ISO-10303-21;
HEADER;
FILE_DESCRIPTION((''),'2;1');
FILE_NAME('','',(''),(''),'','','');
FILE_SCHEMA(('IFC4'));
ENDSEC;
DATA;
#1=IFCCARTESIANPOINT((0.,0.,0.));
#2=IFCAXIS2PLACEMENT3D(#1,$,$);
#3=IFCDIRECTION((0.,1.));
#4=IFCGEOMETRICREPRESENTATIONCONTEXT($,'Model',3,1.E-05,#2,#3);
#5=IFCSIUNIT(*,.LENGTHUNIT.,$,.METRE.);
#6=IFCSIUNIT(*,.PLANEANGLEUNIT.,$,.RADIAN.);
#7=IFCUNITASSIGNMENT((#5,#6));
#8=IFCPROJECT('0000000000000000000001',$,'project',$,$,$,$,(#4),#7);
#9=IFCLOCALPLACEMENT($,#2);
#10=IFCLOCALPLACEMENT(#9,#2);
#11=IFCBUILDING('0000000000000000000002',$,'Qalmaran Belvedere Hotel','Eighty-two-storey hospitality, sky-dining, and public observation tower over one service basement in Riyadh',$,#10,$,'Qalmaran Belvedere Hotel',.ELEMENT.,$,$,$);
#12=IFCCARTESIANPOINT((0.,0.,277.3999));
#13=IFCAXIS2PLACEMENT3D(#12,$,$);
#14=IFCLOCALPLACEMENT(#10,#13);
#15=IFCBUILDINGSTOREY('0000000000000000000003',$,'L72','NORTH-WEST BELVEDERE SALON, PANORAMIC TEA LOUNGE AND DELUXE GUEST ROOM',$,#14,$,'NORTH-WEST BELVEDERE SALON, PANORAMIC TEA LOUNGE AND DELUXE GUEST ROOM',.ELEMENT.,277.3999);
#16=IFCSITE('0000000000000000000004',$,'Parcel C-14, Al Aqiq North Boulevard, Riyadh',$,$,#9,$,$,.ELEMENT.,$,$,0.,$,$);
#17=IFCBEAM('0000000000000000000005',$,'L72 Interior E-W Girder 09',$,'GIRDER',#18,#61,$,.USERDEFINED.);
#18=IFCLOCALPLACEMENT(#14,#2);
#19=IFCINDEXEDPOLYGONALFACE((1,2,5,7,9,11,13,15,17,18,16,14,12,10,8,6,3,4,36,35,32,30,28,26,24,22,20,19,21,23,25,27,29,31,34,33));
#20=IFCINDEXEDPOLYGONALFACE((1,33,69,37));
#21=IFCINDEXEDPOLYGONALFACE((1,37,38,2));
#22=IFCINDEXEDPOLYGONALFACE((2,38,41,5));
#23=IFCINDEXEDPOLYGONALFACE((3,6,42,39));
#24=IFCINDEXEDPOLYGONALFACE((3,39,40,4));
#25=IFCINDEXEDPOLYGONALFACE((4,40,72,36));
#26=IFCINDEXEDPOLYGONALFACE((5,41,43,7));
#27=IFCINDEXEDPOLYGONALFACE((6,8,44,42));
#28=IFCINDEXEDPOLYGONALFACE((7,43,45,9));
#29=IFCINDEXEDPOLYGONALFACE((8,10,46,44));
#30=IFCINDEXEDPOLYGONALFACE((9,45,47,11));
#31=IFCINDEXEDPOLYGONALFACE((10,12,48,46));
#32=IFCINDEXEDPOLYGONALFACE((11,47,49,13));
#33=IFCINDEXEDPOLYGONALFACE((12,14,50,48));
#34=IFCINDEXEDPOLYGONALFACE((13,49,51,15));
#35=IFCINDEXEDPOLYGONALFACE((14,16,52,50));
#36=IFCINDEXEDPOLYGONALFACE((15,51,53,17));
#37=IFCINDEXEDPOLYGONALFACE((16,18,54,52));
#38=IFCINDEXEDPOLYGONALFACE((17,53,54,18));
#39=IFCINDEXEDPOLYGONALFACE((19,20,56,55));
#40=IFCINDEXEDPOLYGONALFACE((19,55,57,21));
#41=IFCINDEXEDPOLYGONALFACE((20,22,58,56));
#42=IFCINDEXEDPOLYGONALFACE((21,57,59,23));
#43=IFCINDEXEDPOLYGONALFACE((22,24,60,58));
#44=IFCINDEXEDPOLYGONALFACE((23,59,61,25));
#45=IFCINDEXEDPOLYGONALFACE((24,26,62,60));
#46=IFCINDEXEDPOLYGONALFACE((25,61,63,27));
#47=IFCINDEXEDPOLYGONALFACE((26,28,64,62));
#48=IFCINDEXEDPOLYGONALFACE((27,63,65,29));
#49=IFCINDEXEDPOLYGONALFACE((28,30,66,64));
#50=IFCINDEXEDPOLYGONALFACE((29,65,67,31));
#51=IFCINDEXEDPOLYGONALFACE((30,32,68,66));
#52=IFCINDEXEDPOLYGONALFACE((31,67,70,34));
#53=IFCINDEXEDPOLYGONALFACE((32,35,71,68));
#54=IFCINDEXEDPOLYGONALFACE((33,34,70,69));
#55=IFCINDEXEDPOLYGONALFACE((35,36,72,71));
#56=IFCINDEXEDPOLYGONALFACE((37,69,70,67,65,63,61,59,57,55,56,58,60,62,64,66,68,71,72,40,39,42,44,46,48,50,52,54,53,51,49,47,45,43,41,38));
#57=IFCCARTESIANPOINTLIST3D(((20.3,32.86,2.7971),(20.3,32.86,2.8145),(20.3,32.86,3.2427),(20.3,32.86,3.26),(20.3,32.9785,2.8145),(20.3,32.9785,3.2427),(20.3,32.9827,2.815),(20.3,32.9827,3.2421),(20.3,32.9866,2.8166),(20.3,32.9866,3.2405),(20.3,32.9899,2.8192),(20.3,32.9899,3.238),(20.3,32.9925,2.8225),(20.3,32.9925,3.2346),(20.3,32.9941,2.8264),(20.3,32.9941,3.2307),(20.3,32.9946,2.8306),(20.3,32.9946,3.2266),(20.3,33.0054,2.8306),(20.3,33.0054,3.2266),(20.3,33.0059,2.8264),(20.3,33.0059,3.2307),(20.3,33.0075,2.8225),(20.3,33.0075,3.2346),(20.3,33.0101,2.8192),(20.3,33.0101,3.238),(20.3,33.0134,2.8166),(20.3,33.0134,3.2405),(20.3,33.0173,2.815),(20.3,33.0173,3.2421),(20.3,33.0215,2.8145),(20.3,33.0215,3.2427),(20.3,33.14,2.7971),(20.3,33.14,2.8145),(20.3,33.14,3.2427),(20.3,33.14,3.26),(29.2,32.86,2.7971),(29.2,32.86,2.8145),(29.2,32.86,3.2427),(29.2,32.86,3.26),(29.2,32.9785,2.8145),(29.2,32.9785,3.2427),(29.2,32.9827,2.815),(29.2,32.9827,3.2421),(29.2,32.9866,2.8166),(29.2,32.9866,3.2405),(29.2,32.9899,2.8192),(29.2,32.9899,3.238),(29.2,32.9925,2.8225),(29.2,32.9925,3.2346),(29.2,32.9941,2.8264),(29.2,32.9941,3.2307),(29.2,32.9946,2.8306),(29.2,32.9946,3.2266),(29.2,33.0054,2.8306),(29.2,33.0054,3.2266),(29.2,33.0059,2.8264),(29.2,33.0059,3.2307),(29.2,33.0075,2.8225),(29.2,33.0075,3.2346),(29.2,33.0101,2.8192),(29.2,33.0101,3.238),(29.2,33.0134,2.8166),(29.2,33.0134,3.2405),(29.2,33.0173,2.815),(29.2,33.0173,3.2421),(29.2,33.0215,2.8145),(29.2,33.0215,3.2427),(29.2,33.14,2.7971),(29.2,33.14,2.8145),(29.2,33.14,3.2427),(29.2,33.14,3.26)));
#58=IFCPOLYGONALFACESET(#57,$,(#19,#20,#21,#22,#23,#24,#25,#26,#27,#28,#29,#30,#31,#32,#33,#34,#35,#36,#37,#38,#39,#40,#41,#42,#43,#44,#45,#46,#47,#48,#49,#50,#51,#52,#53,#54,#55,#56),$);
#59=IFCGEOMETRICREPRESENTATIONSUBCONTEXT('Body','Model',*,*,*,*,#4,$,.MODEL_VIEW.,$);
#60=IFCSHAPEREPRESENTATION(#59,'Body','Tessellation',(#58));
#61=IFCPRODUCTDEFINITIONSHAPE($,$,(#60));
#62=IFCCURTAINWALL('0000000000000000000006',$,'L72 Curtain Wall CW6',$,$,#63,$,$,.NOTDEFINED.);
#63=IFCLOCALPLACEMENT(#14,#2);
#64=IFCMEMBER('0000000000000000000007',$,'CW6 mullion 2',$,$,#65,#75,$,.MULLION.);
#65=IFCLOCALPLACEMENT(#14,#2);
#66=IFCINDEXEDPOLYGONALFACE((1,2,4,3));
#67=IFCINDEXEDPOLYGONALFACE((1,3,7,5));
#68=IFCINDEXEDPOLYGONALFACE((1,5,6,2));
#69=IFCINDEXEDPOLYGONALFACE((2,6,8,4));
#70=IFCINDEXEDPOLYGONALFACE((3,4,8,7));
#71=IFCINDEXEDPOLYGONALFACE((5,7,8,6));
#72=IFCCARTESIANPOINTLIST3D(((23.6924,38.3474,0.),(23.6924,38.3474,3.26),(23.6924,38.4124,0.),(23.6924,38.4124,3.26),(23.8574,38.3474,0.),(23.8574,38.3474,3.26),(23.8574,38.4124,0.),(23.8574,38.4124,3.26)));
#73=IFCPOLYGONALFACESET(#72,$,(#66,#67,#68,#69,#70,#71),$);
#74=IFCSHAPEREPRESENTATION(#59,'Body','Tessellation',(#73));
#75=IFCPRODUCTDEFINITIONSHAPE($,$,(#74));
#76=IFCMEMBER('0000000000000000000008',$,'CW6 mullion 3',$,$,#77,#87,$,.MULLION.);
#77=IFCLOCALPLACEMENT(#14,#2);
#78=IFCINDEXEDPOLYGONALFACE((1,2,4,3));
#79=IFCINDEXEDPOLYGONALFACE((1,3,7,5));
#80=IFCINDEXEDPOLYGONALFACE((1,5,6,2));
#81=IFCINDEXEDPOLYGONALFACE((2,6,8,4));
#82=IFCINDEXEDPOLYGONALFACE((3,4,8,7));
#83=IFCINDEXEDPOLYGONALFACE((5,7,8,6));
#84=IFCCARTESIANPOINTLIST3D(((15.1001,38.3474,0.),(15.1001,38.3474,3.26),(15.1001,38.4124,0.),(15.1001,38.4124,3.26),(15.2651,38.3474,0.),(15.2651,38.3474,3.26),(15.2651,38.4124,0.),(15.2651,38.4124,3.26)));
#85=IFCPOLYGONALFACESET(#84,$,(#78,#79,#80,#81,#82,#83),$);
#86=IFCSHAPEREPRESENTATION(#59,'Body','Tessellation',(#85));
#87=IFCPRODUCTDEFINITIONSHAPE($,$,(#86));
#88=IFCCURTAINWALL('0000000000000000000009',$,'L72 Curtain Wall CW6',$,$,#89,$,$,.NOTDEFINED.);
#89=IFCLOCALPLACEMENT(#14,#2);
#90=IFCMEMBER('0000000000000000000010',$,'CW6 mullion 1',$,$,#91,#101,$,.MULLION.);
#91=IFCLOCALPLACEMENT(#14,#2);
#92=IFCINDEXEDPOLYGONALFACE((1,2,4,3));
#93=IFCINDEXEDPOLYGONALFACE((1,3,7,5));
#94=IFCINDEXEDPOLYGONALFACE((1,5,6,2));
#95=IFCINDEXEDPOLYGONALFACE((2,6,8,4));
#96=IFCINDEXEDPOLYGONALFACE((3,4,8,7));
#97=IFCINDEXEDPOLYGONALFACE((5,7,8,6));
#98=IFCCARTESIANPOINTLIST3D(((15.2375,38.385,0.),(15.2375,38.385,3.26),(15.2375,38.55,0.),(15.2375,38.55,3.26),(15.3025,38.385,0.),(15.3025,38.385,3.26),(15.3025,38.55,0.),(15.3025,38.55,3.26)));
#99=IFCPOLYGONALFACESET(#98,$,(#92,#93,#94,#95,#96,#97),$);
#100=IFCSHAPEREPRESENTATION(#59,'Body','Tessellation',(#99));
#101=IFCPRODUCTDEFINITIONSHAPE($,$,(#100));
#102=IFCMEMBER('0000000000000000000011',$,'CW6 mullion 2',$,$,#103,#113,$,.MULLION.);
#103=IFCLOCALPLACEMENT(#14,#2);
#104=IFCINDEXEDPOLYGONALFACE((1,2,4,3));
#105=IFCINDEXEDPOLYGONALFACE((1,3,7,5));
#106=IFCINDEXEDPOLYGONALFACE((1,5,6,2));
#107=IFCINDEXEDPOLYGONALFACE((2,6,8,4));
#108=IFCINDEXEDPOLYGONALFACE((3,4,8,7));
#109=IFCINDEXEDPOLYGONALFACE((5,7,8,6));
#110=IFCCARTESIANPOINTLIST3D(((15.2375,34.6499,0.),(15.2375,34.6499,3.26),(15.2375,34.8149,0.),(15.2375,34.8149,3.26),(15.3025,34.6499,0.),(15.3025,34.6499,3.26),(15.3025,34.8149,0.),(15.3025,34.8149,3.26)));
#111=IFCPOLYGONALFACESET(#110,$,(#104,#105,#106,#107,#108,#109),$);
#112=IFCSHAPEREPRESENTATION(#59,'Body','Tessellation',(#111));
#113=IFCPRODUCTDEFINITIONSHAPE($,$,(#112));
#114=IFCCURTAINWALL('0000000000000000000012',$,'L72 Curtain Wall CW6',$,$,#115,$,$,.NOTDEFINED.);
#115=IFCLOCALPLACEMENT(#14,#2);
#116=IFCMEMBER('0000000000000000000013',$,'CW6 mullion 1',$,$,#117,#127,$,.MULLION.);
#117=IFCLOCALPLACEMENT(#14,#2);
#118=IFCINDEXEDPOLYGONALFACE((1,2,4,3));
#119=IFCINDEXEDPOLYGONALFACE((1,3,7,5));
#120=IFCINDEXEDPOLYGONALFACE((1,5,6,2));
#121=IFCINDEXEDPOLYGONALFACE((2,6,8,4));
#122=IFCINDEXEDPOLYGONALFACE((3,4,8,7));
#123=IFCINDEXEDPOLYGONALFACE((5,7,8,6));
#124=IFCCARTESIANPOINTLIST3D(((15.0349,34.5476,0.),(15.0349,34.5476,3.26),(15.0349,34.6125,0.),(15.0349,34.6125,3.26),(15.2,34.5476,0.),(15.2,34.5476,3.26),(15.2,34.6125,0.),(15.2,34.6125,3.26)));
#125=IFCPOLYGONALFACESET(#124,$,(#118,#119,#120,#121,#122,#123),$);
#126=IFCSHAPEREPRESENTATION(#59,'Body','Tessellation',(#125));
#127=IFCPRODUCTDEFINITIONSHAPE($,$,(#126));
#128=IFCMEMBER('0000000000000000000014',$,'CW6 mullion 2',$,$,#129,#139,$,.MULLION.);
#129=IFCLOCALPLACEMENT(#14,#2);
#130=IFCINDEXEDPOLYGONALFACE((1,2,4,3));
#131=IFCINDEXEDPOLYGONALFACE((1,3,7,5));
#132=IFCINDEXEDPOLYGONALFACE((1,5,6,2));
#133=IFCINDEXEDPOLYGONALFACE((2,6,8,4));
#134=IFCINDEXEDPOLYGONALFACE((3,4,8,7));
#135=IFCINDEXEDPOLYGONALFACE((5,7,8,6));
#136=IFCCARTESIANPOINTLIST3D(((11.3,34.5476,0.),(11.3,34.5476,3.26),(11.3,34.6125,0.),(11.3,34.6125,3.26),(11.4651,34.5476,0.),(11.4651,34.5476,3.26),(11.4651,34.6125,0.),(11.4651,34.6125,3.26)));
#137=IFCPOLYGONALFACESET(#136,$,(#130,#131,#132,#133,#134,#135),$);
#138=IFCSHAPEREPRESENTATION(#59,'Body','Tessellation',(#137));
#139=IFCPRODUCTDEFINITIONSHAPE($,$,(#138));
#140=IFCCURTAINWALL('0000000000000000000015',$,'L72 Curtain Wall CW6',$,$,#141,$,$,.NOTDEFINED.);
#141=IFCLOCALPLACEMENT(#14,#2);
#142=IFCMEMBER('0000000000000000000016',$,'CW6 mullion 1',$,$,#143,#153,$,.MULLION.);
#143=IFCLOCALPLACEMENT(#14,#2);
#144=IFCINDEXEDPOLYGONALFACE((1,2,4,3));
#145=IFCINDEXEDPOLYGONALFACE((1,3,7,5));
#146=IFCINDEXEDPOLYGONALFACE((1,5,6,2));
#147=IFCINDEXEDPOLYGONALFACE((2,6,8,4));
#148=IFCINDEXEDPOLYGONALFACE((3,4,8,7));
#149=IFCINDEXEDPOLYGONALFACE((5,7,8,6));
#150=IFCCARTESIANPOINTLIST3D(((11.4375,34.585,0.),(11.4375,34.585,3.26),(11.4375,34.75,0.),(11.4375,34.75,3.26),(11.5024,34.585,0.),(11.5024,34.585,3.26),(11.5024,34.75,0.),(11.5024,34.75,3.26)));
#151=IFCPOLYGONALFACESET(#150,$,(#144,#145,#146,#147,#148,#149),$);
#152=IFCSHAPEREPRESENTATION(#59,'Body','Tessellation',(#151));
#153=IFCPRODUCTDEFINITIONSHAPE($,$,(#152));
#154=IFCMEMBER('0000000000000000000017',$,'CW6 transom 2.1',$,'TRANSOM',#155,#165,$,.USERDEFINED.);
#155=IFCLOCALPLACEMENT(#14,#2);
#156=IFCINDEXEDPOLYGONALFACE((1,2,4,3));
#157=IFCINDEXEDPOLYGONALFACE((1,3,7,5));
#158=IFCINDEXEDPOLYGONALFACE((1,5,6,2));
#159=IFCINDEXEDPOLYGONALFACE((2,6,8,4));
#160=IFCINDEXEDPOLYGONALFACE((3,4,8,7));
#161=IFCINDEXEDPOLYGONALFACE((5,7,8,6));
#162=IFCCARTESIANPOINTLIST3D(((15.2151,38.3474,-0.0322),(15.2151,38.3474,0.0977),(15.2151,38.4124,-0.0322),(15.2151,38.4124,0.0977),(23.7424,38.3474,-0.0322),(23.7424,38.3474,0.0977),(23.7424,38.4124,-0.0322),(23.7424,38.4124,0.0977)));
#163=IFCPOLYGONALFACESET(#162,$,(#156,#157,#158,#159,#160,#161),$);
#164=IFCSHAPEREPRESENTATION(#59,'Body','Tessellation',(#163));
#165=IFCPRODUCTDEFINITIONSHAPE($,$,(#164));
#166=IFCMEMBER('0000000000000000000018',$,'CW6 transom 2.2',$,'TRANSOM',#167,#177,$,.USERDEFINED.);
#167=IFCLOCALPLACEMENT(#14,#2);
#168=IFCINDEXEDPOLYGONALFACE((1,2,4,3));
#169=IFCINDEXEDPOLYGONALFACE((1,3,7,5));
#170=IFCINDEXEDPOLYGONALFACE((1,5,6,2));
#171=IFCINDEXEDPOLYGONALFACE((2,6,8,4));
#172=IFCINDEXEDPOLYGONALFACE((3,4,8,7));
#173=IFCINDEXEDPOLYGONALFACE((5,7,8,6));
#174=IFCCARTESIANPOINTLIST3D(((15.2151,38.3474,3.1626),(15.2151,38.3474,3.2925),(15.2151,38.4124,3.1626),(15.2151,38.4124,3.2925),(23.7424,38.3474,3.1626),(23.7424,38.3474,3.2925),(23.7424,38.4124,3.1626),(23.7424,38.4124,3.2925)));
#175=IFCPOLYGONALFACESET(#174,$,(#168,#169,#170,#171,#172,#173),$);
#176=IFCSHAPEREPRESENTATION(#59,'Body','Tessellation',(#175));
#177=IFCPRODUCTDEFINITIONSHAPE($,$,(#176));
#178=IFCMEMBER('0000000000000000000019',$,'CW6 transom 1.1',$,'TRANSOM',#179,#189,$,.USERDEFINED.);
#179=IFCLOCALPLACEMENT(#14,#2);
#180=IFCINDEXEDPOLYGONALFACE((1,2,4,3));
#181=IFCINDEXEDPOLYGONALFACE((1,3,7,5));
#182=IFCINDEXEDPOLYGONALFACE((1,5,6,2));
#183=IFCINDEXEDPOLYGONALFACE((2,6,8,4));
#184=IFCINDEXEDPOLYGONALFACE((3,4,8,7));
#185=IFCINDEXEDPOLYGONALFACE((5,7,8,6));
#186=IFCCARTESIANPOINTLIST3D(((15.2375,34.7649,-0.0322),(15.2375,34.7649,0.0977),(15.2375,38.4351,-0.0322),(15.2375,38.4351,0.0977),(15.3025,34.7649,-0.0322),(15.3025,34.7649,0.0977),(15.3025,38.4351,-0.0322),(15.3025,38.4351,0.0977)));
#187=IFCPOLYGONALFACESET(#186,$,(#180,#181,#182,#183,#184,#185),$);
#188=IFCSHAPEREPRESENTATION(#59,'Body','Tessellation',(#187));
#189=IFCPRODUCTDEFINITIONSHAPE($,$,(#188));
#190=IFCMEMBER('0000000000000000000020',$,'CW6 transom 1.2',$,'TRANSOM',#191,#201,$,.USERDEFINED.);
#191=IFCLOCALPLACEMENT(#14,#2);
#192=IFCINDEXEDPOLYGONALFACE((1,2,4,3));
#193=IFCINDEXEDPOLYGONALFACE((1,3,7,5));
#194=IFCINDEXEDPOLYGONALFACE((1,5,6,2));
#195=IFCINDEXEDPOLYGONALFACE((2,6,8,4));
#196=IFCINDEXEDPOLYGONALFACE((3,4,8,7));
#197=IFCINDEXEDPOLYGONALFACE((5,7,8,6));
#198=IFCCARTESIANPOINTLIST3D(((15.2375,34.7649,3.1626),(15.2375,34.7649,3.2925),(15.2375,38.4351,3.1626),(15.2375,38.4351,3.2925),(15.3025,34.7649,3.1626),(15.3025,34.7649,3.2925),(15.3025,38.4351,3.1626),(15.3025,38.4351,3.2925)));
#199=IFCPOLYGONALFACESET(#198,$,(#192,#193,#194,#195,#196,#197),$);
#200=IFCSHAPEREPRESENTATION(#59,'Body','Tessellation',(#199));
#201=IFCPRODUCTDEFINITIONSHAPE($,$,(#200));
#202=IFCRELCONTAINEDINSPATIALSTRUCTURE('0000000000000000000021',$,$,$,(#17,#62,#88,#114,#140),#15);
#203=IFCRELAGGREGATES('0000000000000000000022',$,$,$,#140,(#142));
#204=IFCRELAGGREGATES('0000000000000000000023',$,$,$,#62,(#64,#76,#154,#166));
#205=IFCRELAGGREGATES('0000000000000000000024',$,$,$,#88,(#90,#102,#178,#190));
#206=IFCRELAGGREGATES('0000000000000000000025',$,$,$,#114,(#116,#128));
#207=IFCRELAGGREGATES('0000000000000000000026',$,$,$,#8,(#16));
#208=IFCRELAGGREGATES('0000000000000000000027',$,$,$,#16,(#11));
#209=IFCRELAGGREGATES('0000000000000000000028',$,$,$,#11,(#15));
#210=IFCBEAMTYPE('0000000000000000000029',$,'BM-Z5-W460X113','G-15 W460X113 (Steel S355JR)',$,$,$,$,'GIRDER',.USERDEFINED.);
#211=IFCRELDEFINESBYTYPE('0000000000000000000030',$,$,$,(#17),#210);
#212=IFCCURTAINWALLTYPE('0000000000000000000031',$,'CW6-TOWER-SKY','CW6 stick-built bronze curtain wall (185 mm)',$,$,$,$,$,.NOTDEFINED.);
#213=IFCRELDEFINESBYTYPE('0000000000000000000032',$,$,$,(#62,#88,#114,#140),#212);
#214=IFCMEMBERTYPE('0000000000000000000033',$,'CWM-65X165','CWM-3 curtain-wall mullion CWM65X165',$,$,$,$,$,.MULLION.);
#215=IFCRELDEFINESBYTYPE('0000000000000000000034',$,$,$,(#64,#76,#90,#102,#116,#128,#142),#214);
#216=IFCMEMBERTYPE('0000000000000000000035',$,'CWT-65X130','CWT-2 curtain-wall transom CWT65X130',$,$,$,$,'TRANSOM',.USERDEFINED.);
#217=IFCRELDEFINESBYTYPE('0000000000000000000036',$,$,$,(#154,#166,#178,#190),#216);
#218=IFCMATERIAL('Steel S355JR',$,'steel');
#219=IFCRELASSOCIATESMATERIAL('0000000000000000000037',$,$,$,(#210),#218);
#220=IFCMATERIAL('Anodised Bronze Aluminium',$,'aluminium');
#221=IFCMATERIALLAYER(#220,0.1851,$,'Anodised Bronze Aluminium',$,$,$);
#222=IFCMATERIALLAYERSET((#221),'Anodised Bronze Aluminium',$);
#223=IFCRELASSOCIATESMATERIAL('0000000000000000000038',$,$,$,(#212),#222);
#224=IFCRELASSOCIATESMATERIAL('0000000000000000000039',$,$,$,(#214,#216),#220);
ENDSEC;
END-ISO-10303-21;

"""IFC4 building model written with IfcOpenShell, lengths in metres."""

from ifc_helpers import new_model, si_unit, direction, frame, origin, origin_2d, place, context, subcontext, project, spatial, rectangle, i_section, extrude, material, layer, layer_set, material_profile, profile_set, type_object, element, aggregate, save


model = new_model("IFC4")

# Units and contexts
model_context = context("Model", 3, precision=1e-05, world=origin(), true_north=direction((0.0, 1.0)))
body_context = subcontext(model_context, "Body", "Model", "MODEL_VIEW")
ifc_project = project(units=[si_unit("LENGTHUNIT", "METRE"), si_unit("PLANEANGLEUNIT", "RADIAN")], contexts=[model_context])

# Site, building, storey
site_placement = place(None, origin())
site = spatial("IfcSite", under=ifc_project, at=site_placement, Name="Parcel C-14, Al Aqiq North Boulevard, Riyadh", CompositionType="ELEMENT", RefElevation=0.0)
building_placement = place(site_placement, origin())
building = spatial("IfcBuilding", under=site, at=building_placement, Name="Qalmaran Belvedere Hotel", Description="Eighty-two-storey hospitality, sky-dining, and public observation tower over one service basement in Riyadh", LongName="Qalmaran Belvedere Hotel", CompositionType="ELEMENT")
storey_placement = place(building_placement, frame((0.0, 0.0, 277.3999)))
storey = spatial("IfcBuildingStorey", under=building, at=storey_placement, Name="L72", Description="NORTH-WEST BELVEDERE SALON, PANORAMIC TEA LOUNGE AND DELUXE GUEST ROOM", LongName="NORTH-WEST BELVEDERE SALON, PANORAMIC TEA LOUNGE AND DELUXE GUEST ROOM", CompositionType="ELEMENT", Elevation=277.3999)

# Beam
ifc_material_1 = material(Name="Steel S355JR", Category="steel")
ifc_material_profile_1 = material_profile(ifc_material_1, i_section(OverallWidth=0.28, OverallDepth=0.4629, WebThickness=0.0107, FlangeThickness=0.0173, FilletRadius=0.0161, at=origin_2d()), Name="W460X113")
ifc_profile_set_1 = profile_set([ifc_material_profile_1], Name="Steel S355JR")
beam_type_1 = type_object("IfcBeamType", Name="BM-Z5-W460X113", Description="G-15 W460X113 (Steel S355JR)", ElementType="GIRDER", PredefinedType="USERDEFINED", material=ifc_profile_set_1)
beam_1_placement = place(storey_placement, frame((20.3, 33.0, 3.0286), z_axis=(1.0, 0.0, 0.0), x_axis=(0.0, 1.0, 0.0)))
element("IfcBeam", 1, at=beam_1_placement, inside=storey, type_object=beam_type_1, Name="L72 Interior E-W Girder 09", ObjectType="GIRDER", PredefinedType="USERDEFINED", context=body_context, shape_type="SweptSolid", body=[
    extrude(i_section(OverallWidth=0.28, OverallDepth=0.4629, WebThickness=0.0107, FlangeThickness=0.0173, FilletRadius=0.0161, at=origin_2d()), origin(), (0.0, 0.0, 1.0), 8.8999),
])

# Curtain walls, members
ifc_material_2 = material(Name="Anodised Bronze Aluminium", Category="aluminium")
ifc_layer_1 = layer(ifc_material_2, 0.1851, Name="Anodised Bronze Aluminium")
ifc_layer_set_1 = layer_set([ifc_layer_1], Name="Anodised Bronze Aluminium")
curtain_wall_type = type_object("IfcCurtainWallType", Name="CW6-TOWER-SKY", Description="CW6 stick-built bronze curtain wall (185 mm)", PredefinedType="NOTDEFINED", material=ifc_layer_set_1)
curtain_wall_1_placement = place(storey_placement, origin())
curtain_wall_1 = element("IfcCurtainWall", 2, at=curtain_wall_1_placement, inside=storey, type_object=curtain_wall_type, Name="L72 Curtain Wall CW6", PredefinedType="NOTDEFINED")
ifc_material_profile_2 = material_profile(ifc_material_2, rectangle(XDim=0.0649, YDim=0.165, at=origin_2d()), Name="CWM65X165")
ifc_profile_set_2 = profile_set([ifc_material_profile_2], Name="Anodised Bronze Aluminium")
member_type_1 = type_object("IfcMemberType", Name="CWM-65X165", Description="CWM-3 curtain-wall mullion CWM65X165", PredefinedType="MULLION", material=ifc_profile_set_2)
member_1_placement = place(storey_placement, frame((23.7749, 38.3799, 0.0), z_axis=(0.0, 0.0, 1.0), x_axis=(0.0, -1.0, 0.0)))
member_1 = element("IfcMember", 3, at=member_1_placement, type_object=member_type_1, Name="CW6 mullion 2", PredefinedType="MULLION", context=body_context, shape_type="SweptSolid", body=[
    extrude(rectangle(XDim=0.0649, YDim=0.165, at=origin_2d()), origin(), (0.0, 0.0, 1.0), 3.26),
])
member_2_placement = place(storey_placement, frame((15.1826, 38.3799, 0.0), z_axis=(0.0, 0.0, 1.0), x_axis=(0.0, -1.0, 0.0)))
member_2 = element("IfcMember", 4, at=member_2_placement, type_object=member_type_1, Name="CW6 mullion 3", PredefinedType="MULLION", context=body_context, shape_type="SweptSolid", body=[
    extrude(rectangle(XDim=0.0649, YDim=0.165, at=origin_2d()), origin(), (0.0, 0.0, 1.0), 3.26),
])
curtain_wall_2_placement = place(storey_placement, origin())
curtain_wall_2 = element("IfcCurtainWall", 5, at=curtain_wall_2_placement, inside=storey, type_object=curtain_wall_type, Name="L72 Curtain Wall CW6", PredefinedType="NOTDEFINED")
member_3_placement = place(storey_placement, frame((15.27, 38.4675, 0.0), z_axis=(0.0, 0.0, 1.0), x_axis=(1.0, 0.0, 0.0)))
member_3 = element("IfcMember", 6, at=member_3_placement, type_object=member_type_1, Name="CW6 mullion 1", PredefinedType="MULLION", context=body_context, shape_type="SweptSolid", body=[
    extrude(rectangle(XDim=0.0649, YDim=0.165, at=origin_2d()), origin(), (0.0, 0.0, 1.0), 3.26),
])
member_4_placement = place(storey_placement, frame((15.27, 34.7324, 0.0), z_axis=(0.0, 0.0, 1.0), x_axis=(1.0, 0.0, 0.0)))
member_4 = element("IfcMember", 7, at=member_4_placement, type_object=member_type_1, Name="CW6 mullion 2", PredefinedType="MULLION", context=body_context, shape_type="SweptSolid", body=[
    extrude(rectangle(XDim=0.0649, YDim=0.165, at=origin_2d()), origin(), (0.0, 0.0, 1.0), 3.26),
])
curtain_wall_3_placement = place(storey_placement, origin())
curtain_wall_3 = element("IfcCurtainWall", 8, at=curtain_wall_3_placement, inside=storey, type_object=curtain_wall_type, Name="L72 Curtain Wall CW6", PredefinedType="NOTDEFINED")
member_5_placement = place(storey_placement, frame((15.1174, 34.5801, 0.0), z_axis=(0.0, 0.0, 1.0), x_axis=(0.0, -1.0, 0.0)))
member_5 = element("IfcMember", 9, at=member_5_placement, type_object=member_type_1, Name="CW6 mullion 1", PredefinedType="MULLION", context=body_context, shape_type="SweptSolid", body=[
    extrude(rectangle(XDim=0.0649, YDim=0.165, at=origin_2d()), origin(), (0.0, 0.0, 1.0), 3.26),
])
member_6_placement = place(storey_placement, frame((11.3826, 34.5801, 0.0), z_axis=(0.0, 0.0, 1.0), x_axis=(0.0, -1.0, 0.0)))
member_6 = element("IfcMember", 10, at=member_6_placement, type_object=member_type_1, Name="CW6 mullion 2", PredefinedType="MULLION", context=body_context, shape_type="SweptSolid", body=[
    extrude(rectangle(XDim=0.0649, YDim=0.165, at=origin_2d()), origin(), (0.0, 0.0, 1.0), 3.26),
])

# Curtain wall, member
curtain_wall_4_placement = place(storey_placement, origin())
curtain_wall_4 = element("IfcCurtainWall", 11, at=curtain_wall_4_placement, inside=storey, type_object=curtain_wall_type, Name="L72 Curtain Wall CW6", PredefinedType="NOTDEFINED")
member_7_placement = place(storey_placement, frame((11.47, 34.6675, 0.0), z_axis=(0.0, 0.0, 1.0), x_axis=(1.0, 0.0, 0.0)))
member_7 = element("IfcMember", 12, at=member_7_placement, type_object=member_type_1, Name="CW6 mullion 1", PredefinedType="MULLION", context=body_context, shape_type="SweptSolid", body=[
    extrude(rectangle(XDim=0.0649, YDim=0.165, at=origin_2d()), origin(), (0.0, 0.0, 1.0), 3.26),
])

# Members
ifc_material_profile_3 = material_profile(ifc_material_2, rectangle(XDim=0.0649, YDim=0.1299, at=origin_2d()), Name="CWT65X130")
ifc_profile_set_3 = profile_set([ifc_material_profile_3], Name="Anodised Bronze Aluminium")
member_type_2 = type_object("IfcMemberType", Name="CWT-65X130", Description="CWT-2 curtain-wall transom CWT65X130", ElementType="TRANSOM", PredefinedType="USERDEFINED", material=ifc_profile_set_3)
member_8_placement = place(storey_placement, frame((23.7424, 38.3799, 0.0327), z_axis=(-1.0, 0.0, 0.0), x_axis=(0.0, -1.0, 0.0)))
member_8 = element("IfcMember", 13, at=member_8_placement, type_object=member_type_2, Name="CW6 transom 2.1", ObjectType="TRANSOM", PredefinedType="USERDEFINED", context=body_context, shape_type="SweptSolid", body=[
    extrude(rectangle(XDim=0.0649, YDim=0.1299, at=origin_2d()), origin(), (0.0, 0.0, 1.0), 8.5273),
])
member_9_placement = place(storey_placement, frame((23.7424, 38.3799, 3.2275), z_axis=(-1.0, 0.0, 0.0), x_axis=(0.0, -1.0, 0.0)))
member_9 = element("IfcMember", 14, at=member_9_placement, type_object=member_type_2, Name="CW6 transom 2.2", ObjectType="TRANSOM", PredefinedType="USERDEFINED", context=body_context, shape_type="SweptSolid", body=[
    extrude(rectangle(XDim=0.0649, YDim=0.1299, at=origin_2d()), origin(), (0.0, 0.0, 1.0), 8.5273),
])
member_10_placement = place(storey_placement, frame((15.27, 38.4351, 0.0327), z_axis=(0.0, -1.0, 0.0), x_axis=(1.0, 0.0, 0.0)))
member_10 = element("IfcMember", 15, at=member_10_placement, type_object=member_type_2, Name="CW6 transom 1.1", ObjectType="TRANSOM", PredefinedType="USERDEFINED", context=body_context, shape_type="SweptSolid", body=[
    extrude(rectangle(XDim=0.0649, YDim=0.1299, at=origin_2d()), origin(), (0.0, 0.0, 1.0), 3.6702),
])
member_11_placement = place(storey_placement, frame((15.27, 38.4351, 3.2275), z_axis=(0.0, -1.0, 0.0), x_axis=(1.0, 0.0, 0.0)))
member_11 = element("IfcMember", 16, at=member_11_placement, type_object=member_type_2, Name="CW6 transom 1.2", ObjectType="TRANSOM", PredefinedType="USERDEFINED", context=body_context, shape_type="SweptSolid", body=[
    extrude(rectangle(XDim=0.0649, YDim=0.1299, at=origin_2d()), origin(), (0.0, 0.0, 1.0), 3.6702),
])
aggregate(curtain_wall_4, [member_7])

aggregate(curtain_wall_1, [member_1, member_2, member_8, member_9])
aggregate(curtain_wall_2, [member_3, member_4, member_10, member_11])
aggregate(curtain_wall_3, [member_5, member_6])

save(model, "model.ifc")
